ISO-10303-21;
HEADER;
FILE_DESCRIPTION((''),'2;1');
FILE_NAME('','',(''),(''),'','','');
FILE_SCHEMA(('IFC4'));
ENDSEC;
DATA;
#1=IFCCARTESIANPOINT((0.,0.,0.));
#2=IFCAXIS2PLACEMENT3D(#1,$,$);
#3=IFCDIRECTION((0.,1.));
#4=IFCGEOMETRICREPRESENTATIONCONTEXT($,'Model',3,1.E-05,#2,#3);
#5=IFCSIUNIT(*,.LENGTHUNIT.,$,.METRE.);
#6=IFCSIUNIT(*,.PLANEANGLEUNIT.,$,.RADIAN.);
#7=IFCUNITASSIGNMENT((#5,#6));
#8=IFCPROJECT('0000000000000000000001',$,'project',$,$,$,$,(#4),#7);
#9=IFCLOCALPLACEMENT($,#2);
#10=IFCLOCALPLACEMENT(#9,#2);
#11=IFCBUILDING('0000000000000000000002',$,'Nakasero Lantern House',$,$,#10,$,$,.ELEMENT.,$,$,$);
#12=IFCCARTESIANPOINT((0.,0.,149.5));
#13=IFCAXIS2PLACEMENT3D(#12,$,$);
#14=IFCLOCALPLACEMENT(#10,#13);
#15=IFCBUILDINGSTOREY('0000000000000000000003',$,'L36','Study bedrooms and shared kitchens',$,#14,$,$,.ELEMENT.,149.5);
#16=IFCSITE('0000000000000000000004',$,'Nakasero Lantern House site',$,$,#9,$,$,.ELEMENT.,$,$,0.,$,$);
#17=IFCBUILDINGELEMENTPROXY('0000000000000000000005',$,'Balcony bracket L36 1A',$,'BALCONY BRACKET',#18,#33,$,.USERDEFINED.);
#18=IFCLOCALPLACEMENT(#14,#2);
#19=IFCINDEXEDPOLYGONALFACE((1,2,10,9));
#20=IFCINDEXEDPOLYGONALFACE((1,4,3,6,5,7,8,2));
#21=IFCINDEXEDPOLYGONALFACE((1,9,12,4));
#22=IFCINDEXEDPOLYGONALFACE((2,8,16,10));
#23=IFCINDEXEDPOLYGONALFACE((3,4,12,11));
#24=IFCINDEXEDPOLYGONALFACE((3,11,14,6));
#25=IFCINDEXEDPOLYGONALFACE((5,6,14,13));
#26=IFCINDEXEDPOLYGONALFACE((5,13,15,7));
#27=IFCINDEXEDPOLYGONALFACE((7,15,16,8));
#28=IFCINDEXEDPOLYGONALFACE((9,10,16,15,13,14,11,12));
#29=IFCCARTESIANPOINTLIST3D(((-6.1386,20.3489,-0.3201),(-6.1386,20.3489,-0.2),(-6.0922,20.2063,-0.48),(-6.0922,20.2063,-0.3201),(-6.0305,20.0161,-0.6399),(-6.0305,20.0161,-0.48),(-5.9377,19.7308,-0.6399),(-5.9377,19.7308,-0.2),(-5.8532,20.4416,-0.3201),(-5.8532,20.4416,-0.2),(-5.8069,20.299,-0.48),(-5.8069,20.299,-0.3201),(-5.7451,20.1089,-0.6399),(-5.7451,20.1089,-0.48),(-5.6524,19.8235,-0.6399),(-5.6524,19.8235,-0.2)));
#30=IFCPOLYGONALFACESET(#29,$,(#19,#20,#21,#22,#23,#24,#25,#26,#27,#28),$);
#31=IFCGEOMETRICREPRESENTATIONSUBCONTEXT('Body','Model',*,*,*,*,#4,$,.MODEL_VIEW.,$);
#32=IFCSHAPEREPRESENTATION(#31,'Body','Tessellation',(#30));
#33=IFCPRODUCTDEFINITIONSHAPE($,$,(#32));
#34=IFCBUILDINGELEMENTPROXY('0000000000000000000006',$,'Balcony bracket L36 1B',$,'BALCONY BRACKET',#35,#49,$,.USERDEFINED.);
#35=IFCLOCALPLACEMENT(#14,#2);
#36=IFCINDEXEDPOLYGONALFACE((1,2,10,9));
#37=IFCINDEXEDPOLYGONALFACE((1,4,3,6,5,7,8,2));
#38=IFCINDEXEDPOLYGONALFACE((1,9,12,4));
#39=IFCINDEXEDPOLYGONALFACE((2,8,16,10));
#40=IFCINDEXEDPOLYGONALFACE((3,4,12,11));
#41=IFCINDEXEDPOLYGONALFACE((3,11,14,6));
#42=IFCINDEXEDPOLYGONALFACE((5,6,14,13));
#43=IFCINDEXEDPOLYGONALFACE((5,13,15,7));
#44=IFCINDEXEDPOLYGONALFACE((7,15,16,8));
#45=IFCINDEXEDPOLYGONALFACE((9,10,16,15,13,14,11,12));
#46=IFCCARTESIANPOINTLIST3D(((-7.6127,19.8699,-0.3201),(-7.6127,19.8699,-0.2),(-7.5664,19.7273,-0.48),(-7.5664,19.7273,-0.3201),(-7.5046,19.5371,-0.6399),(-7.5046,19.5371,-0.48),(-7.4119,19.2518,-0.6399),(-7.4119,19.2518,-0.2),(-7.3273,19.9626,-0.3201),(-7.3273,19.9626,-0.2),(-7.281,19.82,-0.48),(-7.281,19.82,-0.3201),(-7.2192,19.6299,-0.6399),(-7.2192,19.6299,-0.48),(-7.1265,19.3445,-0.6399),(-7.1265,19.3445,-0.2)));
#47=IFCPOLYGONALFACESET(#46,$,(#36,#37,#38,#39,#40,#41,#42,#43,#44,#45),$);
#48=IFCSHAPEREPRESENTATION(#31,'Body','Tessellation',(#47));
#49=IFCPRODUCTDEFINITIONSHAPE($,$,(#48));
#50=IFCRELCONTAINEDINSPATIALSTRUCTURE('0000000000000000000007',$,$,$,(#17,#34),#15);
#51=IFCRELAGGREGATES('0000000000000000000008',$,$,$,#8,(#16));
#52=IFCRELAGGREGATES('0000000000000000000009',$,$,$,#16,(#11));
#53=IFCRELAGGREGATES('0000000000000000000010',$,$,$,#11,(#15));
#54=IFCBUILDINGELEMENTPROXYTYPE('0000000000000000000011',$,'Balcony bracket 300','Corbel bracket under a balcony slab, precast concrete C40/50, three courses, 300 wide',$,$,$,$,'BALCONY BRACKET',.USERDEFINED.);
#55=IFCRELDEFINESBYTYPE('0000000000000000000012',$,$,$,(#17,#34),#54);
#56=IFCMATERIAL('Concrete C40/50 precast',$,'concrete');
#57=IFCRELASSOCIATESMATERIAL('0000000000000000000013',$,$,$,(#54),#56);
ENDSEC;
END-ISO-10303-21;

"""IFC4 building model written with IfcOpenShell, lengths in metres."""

from ifc_helpers import new_model, si_unit, direction, frame, origin, place, context, subcontext, project, spatial, polyline, outline, extrude, material, type_object, element, save


model = new_model("IFC4")

# Units and contexts
model_context = context("Model", 3, precision=1e-05, world=origin(), true_north=direction((0.0, 1.0)))
body_context = subcontext(model_context, "Body", "Model", "MODEL_VIEW")
ifc_project = project(units=[si_unit("LENGTHUNIT", "METRE"), si_unit("PLANEANGLEUNIT", "RADIAN")], contexts=[model_context])

# Site, building, storey
site_placement = place(None, origin())
site = spatial("IfcSite", under=ifc_project, at=site_placement, Name="Nakasero Lantern House site", CompositionType="ELEMENT", RefElevation=0.0)
building_placement = place(site_placement, origin())
building = spatial("IfcBuilding", under=site, at=building_placement, Name="Nakasero Lantern House", CompositionType="ELEMENT")
storey_placement = place(building_placement, frame((0.0, 0.0, 149.5)))
storey = spatial("IfcBuildingStorey", under=building, at=storey_placement, Name="L36", Description="Study bedrooms and shared kitchens", CompositionType="ELEMENT", Elevation=149.5)

# Building element proxies
ifc_material_1 = material(Name="Concrete C40/50 precast", Category="concrete")
building_element_proxy_type = type_object("IfcBuildingElementProxyType", Name="Balcony bracket 300", Description="Corbel bracket under a balcony slab, precast concrete C40/50, three courses, 300 wide", ElementType="BALCONY BRACKET", PredefinedType="USERDEFINED", material=ifc_material_1)
for number, where, z_axis, x_axis, name in (
    (1, (-5.7952, 19.7771, -0.2), (0.0, 0.0, 1.0), (-0.309017, 0.951057, 0.0), "Balcony bracket L36 1A"),
    (2, (-7.2693, 19.2981, -0.2), (0.0, 0.0, 1.0), (-0.309017, 0.951057, 0.0), "Balcony bracket L36 1B"),
):
    element("IfcBuildingElementProxy", number, at=place(storey_placement, frame(where, z_axis=z_axis, x_axis=x_axis)), inside=storey, type_object=building_element_proxy_type, Name=name, ObjectType="BALCONY BRACKET", PredefinedType="USERDEFINED", context=body_context, shape_type="SweptSolid", body=[
        extrude(outline(polyline([(0.0, 0.0), (0.6499, 0.0), (0.6499, -0.1201), (0.5, -0.1201), (0.5, -0.28), (0.3, -0.28), (0.3, -0.4399), (0.0, -0.4399), (0.0, 0.0)])), frame((0.0, 0.1499, 0.0), z_axis=(0.0, -1.0, 0.0), x_axis=(1.0, 0.0, 0.0)), (0.0, 0.0, 1.0), 0.3),
    ])

save(model, "model.ifc")
